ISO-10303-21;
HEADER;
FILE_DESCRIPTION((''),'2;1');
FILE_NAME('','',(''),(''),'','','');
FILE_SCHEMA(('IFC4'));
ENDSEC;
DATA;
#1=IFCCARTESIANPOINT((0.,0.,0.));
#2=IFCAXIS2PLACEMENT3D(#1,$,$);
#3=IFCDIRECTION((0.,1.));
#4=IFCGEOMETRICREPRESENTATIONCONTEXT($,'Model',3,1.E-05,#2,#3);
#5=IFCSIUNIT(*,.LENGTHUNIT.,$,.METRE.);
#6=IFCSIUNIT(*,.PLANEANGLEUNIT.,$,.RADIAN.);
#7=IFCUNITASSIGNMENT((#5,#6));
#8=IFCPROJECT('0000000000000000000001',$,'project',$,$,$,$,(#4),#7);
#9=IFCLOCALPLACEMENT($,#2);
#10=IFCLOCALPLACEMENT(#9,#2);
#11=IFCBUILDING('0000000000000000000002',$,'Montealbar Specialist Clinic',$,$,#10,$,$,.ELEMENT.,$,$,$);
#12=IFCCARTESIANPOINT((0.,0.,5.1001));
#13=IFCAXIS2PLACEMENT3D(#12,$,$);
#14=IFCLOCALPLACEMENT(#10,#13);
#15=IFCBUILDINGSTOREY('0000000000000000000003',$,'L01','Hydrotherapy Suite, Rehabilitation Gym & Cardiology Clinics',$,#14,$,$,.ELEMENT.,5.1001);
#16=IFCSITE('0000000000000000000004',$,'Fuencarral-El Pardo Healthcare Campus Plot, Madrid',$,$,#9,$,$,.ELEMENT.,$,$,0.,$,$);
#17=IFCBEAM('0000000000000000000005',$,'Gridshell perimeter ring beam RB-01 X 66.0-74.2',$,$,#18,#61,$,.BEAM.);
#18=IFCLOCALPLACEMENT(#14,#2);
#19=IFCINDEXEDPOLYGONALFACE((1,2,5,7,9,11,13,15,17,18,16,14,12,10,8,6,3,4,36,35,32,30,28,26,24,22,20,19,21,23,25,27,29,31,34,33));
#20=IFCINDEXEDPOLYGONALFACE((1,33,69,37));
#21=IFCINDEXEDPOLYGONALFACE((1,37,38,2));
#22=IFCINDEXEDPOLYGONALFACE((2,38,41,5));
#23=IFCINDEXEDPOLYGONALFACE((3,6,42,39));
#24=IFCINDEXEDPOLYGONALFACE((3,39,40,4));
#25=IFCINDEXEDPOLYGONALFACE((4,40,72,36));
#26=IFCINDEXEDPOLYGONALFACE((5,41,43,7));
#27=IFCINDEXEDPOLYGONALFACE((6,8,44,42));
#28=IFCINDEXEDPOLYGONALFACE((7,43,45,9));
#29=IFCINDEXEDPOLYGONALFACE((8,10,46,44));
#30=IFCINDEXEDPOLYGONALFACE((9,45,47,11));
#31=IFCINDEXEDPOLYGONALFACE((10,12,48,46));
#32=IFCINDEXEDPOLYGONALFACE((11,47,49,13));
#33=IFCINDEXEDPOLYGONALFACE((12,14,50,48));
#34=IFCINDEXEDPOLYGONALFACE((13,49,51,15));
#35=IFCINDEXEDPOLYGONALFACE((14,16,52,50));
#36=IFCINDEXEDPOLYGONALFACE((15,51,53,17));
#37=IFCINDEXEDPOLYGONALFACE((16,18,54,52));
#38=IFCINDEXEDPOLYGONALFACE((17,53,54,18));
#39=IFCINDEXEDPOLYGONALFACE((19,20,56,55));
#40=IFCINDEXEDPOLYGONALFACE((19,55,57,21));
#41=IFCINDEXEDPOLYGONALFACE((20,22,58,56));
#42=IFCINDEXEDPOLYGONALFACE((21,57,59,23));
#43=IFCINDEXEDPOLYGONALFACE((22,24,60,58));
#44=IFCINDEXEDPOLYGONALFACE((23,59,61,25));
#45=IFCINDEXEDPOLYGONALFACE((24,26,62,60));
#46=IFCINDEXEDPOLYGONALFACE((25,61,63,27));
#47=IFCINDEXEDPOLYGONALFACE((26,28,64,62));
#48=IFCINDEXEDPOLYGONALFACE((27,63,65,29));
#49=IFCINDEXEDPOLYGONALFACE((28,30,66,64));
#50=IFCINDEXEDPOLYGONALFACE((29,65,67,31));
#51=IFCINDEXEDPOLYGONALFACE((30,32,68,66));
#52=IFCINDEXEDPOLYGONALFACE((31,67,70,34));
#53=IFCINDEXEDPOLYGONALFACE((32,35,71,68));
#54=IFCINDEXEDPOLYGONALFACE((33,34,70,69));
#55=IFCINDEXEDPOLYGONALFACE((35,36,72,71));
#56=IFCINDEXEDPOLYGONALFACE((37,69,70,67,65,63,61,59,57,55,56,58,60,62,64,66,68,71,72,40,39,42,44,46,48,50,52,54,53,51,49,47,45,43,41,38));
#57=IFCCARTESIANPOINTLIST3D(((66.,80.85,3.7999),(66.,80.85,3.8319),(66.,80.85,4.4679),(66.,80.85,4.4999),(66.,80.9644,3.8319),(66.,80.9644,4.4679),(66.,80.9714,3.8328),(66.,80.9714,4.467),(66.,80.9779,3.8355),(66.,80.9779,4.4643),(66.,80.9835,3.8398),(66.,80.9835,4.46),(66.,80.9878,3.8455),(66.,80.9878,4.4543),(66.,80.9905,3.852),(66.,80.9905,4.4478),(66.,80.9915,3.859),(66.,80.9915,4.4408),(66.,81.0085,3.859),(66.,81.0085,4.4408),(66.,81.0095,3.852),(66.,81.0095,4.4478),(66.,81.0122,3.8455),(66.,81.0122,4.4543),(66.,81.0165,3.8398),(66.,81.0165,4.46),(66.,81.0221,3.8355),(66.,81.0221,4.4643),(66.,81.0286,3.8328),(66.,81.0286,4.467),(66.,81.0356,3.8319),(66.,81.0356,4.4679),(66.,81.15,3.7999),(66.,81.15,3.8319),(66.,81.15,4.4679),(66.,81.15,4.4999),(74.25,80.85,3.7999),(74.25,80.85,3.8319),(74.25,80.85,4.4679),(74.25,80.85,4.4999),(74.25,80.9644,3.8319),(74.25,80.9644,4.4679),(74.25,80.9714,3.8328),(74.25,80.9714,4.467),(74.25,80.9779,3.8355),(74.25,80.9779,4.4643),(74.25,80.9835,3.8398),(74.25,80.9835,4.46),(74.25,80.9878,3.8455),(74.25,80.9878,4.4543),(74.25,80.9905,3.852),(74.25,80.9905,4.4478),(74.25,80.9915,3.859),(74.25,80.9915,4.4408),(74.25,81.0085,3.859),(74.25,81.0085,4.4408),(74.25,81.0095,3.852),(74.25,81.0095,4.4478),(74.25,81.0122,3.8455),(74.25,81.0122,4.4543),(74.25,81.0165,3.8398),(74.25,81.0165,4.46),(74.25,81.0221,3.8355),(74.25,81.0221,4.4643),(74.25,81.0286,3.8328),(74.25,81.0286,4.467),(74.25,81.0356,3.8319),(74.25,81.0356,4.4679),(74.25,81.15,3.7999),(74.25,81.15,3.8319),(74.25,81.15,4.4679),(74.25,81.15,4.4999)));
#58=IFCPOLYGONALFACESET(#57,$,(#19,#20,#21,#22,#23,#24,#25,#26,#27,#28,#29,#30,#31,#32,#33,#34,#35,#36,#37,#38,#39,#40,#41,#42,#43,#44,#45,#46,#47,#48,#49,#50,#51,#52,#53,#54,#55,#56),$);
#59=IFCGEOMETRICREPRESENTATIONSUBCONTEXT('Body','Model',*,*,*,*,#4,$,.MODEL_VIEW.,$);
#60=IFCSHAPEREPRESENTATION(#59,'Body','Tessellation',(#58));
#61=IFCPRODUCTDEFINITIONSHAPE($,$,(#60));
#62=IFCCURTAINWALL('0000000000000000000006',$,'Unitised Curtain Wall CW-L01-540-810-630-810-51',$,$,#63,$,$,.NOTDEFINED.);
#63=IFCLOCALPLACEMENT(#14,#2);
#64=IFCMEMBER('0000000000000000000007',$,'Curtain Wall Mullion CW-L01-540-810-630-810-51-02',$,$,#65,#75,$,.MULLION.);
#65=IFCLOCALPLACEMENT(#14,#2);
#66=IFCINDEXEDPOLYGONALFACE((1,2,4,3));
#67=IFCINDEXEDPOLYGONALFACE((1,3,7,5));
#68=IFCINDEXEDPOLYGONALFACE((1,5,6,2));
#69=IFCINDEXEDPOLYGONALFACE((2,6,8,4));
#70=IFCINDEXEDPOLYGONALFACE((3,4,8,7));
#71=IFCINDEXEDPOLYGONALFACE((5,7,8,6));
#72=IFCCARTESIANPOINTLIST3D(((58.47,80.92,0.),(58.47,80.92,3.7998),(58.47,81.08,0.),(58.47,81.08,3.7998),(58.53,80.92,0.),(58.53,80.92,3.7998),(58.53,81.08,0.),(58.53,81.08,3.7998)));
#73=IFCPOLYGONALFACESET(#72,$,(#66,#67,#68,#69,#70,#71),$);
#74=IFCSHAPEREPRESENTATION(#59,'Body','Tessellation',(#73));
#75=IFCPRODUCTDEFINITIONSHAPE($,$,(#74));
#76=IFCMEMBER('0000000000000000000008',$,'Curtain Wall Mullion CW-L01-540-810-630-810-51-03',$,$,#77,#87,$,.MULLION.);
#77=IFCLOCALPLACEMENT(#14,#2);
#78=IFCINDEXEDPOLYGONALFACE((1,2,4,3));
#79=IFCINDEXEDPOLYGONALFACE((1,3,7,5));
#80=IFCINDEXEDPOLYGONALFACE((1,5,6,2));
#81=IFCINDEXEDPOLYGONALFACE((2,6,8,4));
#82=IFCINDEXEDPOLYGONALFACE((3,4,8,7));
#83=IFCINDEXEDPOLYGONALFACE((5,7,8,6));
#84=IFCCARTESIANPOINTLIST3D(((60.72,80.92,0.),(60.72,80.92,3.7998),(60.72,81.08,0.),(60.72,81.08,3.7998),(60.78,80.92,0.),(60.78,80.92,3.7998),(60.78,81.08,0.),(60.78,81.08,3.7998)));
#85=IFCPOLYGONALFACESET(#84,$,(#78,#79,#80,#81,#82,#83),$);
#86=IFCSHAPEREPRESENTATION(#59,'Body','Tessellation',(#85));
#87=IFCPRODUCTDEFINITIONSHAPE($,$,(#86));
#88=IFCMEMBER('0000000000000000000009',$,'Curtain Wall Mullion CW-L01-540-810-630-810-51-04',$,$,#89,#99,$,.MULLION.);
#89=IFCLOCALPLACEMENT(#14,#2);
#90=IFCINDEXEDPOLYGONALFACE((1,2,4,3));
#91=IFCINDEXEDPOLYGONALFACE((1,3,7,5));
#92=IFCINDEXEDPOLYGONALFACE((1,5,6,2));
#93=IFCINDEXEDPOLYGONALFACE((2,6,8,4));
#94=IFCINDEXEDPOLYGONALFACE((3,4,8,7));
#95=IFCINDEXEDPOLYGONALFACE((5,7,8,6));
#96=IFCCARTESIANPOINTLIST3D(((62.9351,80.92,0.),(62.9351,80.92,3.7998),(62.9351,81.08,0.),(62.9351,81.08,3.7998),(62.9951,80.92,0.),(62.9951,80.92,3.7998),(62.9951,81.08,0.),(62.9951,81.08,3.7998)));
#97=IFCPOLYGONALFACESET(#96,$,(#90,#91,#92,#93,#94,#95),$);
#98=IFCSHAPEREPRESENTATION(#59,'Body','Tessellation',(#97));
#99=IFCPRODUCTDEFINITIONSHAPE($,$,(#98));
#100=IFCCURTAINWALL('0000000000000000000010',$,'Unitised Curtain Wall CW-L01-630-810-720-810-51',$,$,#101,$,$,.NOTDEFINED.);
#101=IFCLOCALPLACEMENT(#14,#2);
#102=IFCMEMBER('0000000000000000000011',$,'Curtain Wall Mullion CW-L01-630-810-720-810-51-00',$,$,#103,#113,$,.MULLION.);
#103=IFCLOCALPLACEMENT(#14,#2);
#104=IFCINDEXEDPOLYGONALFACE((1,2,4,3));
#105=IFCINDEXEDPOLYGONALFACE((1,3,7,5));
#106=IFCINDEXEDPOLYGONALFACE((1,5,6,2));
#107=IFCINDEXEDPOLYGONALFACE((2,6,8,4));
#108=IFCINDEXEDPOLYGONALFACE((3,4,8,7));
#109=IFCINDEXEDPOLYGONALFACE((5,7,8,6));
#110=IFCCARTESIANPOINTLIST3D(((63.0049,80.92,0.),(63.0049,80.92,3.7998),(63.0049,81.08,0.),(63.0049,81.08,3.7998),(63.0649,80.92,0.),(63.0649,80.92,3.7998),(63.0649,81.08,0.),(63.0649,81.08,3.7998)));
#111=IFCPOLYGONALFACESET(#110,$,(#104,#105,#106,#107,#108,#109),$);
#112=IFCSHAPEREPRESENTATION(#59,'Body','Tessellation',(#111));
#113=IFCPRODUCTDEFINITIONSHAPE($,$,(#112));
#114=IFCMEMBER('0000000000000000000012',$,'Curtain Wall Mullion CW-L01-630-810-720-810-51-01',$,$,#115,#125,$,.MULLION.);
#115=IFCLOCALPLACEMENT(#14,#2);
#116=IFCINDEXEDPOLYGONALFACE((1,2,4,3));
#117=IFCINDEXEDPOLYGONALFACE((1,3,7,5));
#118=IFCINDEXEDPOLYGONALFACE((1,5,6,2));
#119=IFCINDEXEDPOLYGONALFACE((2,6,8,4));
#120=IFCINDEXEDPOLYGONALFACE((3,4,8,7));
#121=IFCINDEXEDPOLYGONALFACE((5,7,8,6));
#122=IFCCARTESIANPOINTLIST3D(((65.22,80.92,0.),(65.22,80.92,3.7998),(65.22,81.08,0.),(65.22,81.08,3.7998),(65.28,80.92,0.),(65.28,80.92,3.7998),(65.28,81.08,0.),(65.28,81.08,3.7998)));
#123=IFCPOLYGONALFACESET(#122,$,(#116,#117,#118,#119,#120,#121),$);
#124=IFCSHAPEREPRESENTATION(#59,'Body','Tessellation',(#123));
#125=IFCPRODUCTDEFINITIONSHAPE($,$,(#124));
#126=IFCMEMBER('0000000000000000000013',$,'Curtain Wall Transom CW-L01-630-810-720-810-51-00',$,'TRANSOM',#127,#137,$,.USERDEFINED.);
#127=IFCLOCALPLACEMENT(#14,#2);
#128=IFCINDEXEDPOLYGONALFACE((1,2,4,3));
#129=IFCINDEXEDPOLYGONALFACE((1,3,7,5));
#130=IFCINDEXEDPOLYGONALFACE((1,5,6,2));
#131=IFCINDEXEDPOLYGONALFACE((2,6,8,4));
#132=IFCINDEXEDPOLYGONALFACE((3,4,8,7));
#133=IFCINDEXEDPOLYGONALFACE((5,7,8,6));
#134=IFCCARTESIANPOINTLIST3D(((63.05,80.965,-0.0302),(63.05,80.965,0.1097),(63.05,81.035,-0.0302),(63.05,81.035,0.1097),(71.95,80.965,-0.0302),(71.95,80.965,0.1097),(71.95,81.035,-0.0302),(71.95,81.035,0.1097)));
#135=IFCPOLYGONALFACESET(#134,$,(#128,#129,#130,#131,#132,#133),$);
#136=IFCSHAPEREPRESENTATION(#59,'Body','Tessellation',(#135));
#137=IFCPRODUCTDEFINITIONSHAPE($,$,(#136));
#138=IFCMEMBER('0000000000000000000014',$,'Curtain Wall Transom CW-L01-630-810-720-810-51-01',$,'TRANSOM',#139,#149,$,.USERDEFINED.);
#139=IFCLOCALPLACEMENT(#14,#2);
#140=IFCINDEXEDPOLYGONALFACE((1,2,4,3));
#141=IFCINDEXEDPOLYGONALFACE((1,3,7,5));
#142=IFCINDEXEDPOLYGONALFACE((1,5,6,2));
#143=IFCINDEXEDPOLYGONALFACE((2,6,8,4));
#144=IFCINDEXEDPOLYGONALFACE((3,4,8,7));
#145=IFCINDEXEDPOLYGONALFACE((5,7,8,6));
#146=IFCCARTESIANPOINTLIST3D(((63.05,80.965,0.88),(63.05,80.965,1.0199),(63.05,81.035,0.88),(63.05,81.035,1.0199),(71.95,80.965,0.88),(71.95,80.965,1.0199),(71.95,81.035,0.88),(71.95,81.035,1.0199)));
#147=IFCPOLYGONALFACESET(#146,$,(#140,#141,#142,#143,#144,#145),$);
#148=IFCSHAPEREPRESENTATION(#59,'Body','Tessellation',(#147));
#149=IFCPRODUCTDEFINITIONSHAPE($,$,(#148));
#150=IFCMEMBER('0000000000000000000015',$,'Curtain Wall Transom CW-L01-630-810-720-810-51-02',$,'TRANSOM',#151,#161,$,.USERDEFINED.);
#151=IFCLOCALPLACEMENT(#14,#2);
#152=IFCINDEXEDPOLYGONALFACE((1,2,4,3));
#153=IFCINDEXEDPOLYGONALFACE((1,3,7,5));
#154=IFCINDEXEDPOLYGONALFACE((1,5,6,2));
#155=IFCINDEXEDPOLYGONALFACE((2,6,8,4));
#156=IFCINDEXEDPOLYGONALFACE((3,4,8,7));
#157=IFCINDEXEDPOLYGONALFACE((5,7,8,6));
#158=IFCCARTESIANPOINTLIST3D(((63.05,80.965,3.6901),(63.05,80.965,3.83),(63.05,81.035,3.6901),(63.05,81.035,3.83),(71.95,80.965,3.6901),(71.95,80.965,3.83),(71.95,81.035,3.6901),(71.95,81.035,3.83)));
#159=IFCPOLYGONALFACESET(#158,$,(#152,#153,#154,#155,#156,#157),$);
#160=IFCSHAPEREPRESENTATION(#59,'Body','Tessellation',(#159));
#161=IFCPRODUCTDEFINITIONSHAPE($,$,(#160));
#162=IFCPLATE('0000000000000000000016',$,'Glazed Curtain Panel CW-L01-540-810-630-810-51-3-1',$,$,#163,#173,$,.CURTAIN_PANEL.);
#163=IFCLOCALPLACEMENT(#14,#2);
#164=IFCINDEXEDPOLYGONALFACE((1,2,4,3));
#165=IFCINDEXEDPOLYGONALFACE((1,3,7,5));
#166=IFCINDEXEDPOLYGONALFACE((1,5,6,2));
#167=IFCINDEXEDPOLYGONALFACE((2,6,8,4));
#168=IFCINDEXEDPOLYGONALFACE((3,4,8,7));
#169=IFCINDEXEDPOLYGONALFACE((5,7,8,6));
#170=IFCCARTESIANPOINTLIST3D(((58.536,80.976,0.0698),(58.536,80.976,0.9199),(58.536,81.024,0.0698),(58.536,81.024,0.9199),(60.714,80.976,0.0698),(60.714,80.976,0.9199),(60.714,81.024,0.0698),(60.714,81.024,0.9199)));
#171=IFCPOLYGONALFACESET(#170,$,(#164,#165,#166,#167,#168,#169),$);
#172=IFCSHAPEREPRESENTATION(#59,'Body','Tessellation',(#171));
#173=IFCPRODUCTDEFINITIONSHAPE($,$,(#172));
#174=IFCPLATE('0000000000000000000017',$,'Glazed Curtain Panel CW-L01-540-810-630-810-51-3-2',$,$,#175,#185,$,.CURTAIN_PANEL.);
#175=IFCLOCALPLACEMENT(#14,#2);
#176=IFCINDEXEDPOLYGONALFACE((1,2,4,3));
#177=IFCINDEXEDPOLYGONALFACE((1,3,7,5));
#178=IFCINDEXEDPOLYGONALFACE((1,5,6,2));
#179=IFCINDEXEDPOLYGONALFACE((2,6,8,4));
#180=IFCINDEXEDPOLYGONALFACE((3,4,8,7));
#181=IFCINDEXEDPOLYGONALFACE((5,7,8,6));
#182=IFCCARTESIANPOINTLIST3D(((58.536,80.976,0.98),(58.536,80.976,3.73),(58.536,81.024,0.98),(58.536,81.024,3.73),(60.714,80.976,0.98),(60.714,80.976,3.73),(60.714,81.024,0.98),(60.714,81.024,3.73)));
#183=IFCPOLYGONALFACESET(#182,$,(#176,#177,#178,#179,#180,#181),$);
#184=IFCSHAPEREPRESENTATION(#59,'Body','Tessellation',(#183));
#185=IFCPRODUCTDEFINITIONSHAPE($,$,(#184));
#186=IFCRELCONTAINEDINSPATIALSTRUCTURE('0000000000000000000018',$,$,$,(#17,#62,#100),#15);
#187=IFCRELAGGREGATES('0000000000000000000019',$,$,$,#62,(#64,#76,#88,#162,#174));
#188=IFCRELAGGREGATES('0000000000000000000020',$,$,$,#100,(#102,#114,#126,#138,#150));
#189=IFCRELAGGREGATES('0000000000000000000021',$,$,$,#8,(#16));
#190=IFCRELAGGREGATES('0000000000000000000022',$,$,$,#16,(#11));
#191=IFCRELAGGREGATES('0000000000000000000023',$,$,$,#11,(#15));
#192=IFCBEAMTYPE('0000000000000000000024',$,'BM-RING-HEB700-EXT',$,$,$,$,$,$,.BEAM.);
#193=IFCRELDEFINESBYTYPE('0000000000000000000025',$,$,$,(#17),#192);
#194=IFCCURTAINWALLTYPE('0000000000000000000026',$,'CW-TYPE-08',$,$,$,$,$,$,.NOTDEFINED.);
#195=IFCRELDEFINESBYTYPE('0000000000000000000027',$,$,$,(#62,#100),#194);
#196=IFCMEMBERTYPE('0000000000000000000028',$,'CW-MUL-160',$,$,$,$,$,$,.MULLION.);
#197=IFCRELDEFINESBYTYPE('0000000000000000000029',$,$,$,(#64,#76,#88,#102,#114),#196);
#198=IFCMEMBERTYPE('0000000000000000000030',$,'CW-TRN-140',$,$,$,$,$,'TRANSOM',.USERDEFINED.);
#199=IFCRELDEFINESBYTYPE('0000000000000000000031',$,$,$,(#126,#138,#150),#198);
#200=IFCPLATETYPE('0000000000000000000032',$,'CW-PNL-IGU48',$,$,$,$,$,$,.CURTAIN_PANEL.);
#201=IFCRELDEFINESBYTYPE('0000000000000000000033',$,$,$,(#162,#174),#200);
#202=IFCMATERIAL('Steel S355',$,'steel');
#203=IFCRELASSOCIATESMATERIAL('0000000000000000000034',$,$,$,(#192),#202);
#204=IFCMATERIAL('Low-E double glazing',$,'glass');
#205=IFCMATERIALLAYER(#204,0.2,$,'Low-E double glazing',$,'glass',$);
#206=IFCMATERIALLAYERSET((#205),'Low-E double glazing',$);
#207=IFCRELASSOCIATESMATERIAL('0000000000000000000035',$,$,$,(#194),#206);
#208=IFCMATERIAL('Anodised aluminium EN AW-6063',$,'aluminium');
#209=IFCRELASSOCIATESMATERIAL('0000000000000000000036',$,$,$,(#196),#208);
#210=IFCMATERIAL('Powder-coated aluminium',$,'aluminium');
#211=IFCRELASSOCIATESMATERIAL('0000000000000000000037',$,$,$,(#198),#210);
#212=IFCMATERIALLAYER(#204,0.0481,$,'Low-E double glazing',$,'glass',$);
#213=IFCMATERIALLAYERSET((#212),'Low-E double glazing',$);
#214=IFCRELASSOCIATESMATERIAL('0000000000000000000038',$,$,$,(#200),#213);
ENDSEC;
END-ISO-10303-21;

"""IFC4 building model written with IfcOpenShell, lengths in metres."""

from ifc_helpers import new_model, si_unit, direction, frame, origin, origin_2d, place, context, subcontext, project, spatial, rectangle, i_section, extrude, material, layer, layer_set, material_profile, profile_set, type_object, element, aggregate, save


model = new_model("IFC4")

# Units and contexts
model_context = context("Model", 3, precision=1e-05, world=origin(), true_north=direction((0.0, 1.0)))
body_context = subcontext(model_context, "Body", "Model", "MODEL_VIEW")
ifc_project = project(units=[si_unit("LENGTHUNIT", "METRE"), si_unit("PLANEANGLEUNIT", "RADIAN")], contexts=[model_context])

# Site, building, storey
site_placement = place(None, origin())
site = spatial("IfcSite", under=ifc_project, at=site_placement, Name="Fuencarral-El Pardo Healthcare Campus Plot, Madrid", CompositionType="ELEMENT", RefElevation=0.0)
building_placement = place(site_placement, origin())
building = spatial("IfcBuilding", under=site, at=building_placement, Name="Montealbar Specialist Clinic", CompositionType="ELEMENT")
storey_placement = place(building_placement, frame((0.0, 0.0, 5.1001)))
storey = spatial("IfcBuildingStorey", under=building, at=storey_placement, Name="L01", Description="Hydrotherapy Suite, Rehabilitation Gym & Cardiology Clinics", CompositionType="ELEMENT", Elevation=5.1001)

# Shared definitions
ifc_material_1 = material(Name="Steel S355", Category="steel")

# Beam
ifc_material_profile_1 = material_profile(ifc_material_1, i_section(OverallWidth=0.3, OverallDepth=0.7, WebThickness=0.0171, FlangeThickness=0.032, FilletRadius=0.0271, at=origin_2d()), Name="HEB 700", Category="steel")
ifc_profile_set_1 = profile_set([ifc_material_profile_1], Name="Steel S355")
beam_type = type_object("IfcBeamType", Name="BM-RING-HEB700-EXT", PredefinedType="BEAM", material=ifc_profile_set_1)
beam_1_placement = place(storey_placement, frame((66.0, 81.0, 4.1499), z_axis=(1.0, 0.0, 0.0), x_axis=(0.0, 1.0, 0.0)))
element("IfcBeam", 1, at=beam_1_placement, inside=storey, type_object=beam_type, Name="Gridshell perimeter ring beam RB-01 X 66.0-74.2", PredefinedType="BEAM", context=body_context, shape_type="SweptSolid", body=[
    extrude(i_section(OverallWidth=0.3, OverallDepth=0.7, WebThickness=0.0171, FlangeThickness=0.032, FilletRadius=0.0271, at=origin_2d()), origin(), (0.0, 0.0, 1.0), 8.25),
])

# Curtain walls, members
ifc_material_2 = material(Name="Low-E double glazing", Category="glass")
ifc_layer_1 = layer(ifc_material_2, 0.2, Name="Low-E double glazing", Category="glass")
ifc_layer_set_1 = layer_set([ifc_layer_1], Name="Low-E double glazing")
curtain_wall_type = type_object("IfcCurtainWallType", Name="CW-TYPE-08", PredefinedType="NOTDEFINED", material=ifc_layer_set_1)
curtain_wall_1_placement = place(storey_placement, origin())
curtain_wall_1 = element("IfcCurtainWall", 2, at=curtain_wall_1_placement, inside=storey, type_object=curtain_wall_type, Name="Unitised Curtain Wall CW-L01-540-810-630-810-51", PredefinedType="NOTDEFINED")
ifc_material_3 = material(Name="Anodised aluminium EN AW-6063", Category="aluminium")
ifc_material_profile_2 = material_profile(ifc_material_3, rectangle(XDim=0.0601, YDim=0.1599, at=origin_2d()), Name="ALU 60x160", Category="aluminium")
ifc_profile_set_2 = profile_set([ifc_material_profile_2], Name="Anodised aluminium EN AW-6063")
member_type_1 = type_object("IfcMemberType", Name="CW-MUL-160", PredefinedType="MULLION", material=ifc_profile_set_2)
member_1_placement = place(storey_placement, frame((58.5, 81.0, 0.0), z_axis=(0.0, 0.0, 1.0), x_axis=(1.0, 0.0, 0.0)))
member_1 = element("IfcMember", 3, at=member_1_placement, type_object=member_type_1, Name="Curtain Wall Mullion CW-L01-540-810-630-810-51-02", PredefinedType="MULLION", context=body_context, shape_type="SweptSolid", body=[
    extrude(rectangle(XDim=0.0601, YDim=0.1599, at=origin_2d()), origin(), (0.0, 0.0, 1.0), 3.7998),
])
member_2_placement = place(storey_placement, frame((60.75, 81.0, 0.0), z_axis=(0.0, 0.0, 1.0), x_axis=(1.0, 0.0, 0.0)))
member_2 = element("IfcMember", 4, at=member_2_placement, type_object=member_type_1, Name="Curtain Wall Mullion CW-L01-540-810-630-810-51-03", PredefinedType="MULLION", context=body_context, shape_type="SweptSolid", body=[
    extrude(rectangle(XDim=0.0601, YDim=0.1599, at=origin_2d()), origin(), (0.0, 0.0, 1.0), 3.7998),
])
member_3_placement = place(storey_placement, frame((62.9651, 81.0, 0.0), z_axis=(0.0, 0.0, 1.0), x_axis=(1.0, 0.0, 0.0)))
member_3 = element("IfcMember", 5, at=member_3_placement, type_object=member_type_1, Name="Curtain Wall Mullion CW-L01-540-810-630-810-51-04", PredefinedType="MULLION", context=body_context, shape_type="SweptSolid", body=[
    extrude(rectangle(XDim=0.0601, YDim=0.1599, at=origin_2d()), origin(), (0.0, 0.0, 1.0), 3.7998),
])
curtain_wall_2_placement = place(storey_placement, origin())
curtain_wall_2 = element("IfcCurtainWall", 6, at=curtain_wall_2_placement, inside=storey, type_object=curtain_wall_type, Name="Unitised Curtain Wall CW-L01-630-810-720-810-51", PredefinedType="NOTDEFINED")
member_4_placement = place(storey_placement, frame((63.0349, 81.0, 0.0), z_axis=(0.0, 0.0, 1.0), x_axis=(1.0, 0.0, 0.0)))
member_4 = element("IfcMember", 7, at=member_4_placement, type_object=member_type_1, Name="Curtain Wall Mullion CW-L01-630-810-720-810-51-00", PredefinedType="MULLION", context=body_context, shape_type="SweptSolid", body=[
    extrude(rectangle(XDim=0.0601, YDim=0.1599, at=origin_2d()), origin(), (0.0, 0.0, 1.0), 3.7998),
])
member_5_placement = place(storey_placement, frame((65.25, 81.0, 0.0), z_axis=(0.0, 0.0, 1.0), x_axis=(1.0, 0.0, 0.0)))
member_5 = element("IfcMember", 8, at=member_5_placement, type_object=member_type_1, Name="Curtain Wall Mullion CW-L01-630-810-720-810-51-01", PredefinedType="MULLION", context=body_context, shape_type="SweptSolid", body=[
    extrude(rectangle(XDim=0.0601, YDim=0.1599, at=origin_2d()), origin(), (0.0, 0.0, 1.0), 3.7998),
])
ifc_material_4 = material(Name="Powder-coated aluminium", Category="aluminium")
ifc_material_profile_3 = material_profile(ifc_material_4, rectangle(XDim=0.0701, YDim=0.1399, at=origin_2d()), Name="ALU 70x140", Category="aluminium")
ifc_profile_set_3 = profile_set([ifc_material_profile_3], Name="Powder-coated aluminium")
member_type_2 = type_object("IfcMemberType", Name="CW-TRN-140", ElementType="TRANSOM", PredefinedType="USERDEFINED", material=ifc_profile_set_3)
member_6_placement = place(storey_placement, frame((63.05, 81.0, 0.0398), z_axis=(1.0, 0.0, 0.0), x_axis=(0.0, 1.0, 0.0)))
member_6 = element("IfcMember", 9, at=member_6_placement, type_object=member_type_2, Name="Curtain Wall Transom CW-L01-630-810-720-810-51-00", ObjectType="TRANSOM", PredefinedType="USERDEFINED", context=body_context, shape_type="SweptSolid", body=[
    extrude(rectangle(XDim=0.0701, YDim=0.1399, at=origin_2d()), origin(), (0.0, 0.0, 1.0), 8.8999),
])
member_7_placement = place(storey_placement, frame((63.05, 81.0, 0.95), z_axis=(1.0, 0.0, 0.0), x_axis=(0.0, 1.0, 0.0)))
member_7 = element("IfcMember", 10, at=member_7_placement, type_object=member_type_2, Name="Curtain Wall Transom CW-L01-630-810-720-810-51-01", ObjectType="TRANSOM", PredefinedType="USERDEFINED", context=body_context, shape_type="SweptSolid", body=[
    extrude(rectangle(XDim=0.0701, YDim=0.1399, at=origin_2d()), origin(), (0.0, 0.0, 1.0), 8.8999),
])
member_8_placement = place(storey_placement, frame((63.05, 81.0, 3.76), z_axis=(1.0, 0.0, 0.0), x_axis=(0.0, 1.0, 0.0)))
member_8 = element("IfcMember", 11, at=member_8_placement, type_object=member_type_2, Name="Curtain Wall Transom CW-L01-630-810-720-810-51-02", ObjectType="TRANSOM", PredefinedType="USERDEFINED", context=body_context, shape_type="SweptSolid", body=[
    extrude(rectangle(XDim=0.0701, YDim=0.1399, at=origin_2d()), origin(), (0.0, 0.0, 1.0), 8.8999),
])

# Plates
ifc_layer_2 = layer(ifc_material_2, 0.0481, Name="Low-E double glazing", Category="glass")
ifc_layer_set_2 = layer_set([ifc_layer_2], Name="Low-E double glazing")
plate_type_1 = type_object("IfcPlateType", Name="CW-PNL-IGU48", PredefinedType="CURTAIN_PANEL", material=ifc_layer_set_2)
plate_1_placement = place(storey_placement, frame((59.625, 81.0, 0.0698), z_axis=(0.0, 0.0, 1.0), x_axis=(1.0, 0.0, 0.0)))
plate_1 = element("IfcPlate", 12, at=plate_1_placement, type_object=plate_type_1, Name="Glazed Curtain Panel CW-L01-540-810-630-810-51-3-1", PredefinedType="CURTAIN_PANEL", context=body_context, shape_type="SweptSolid", body=[
    extrude(rectangle(XDim=2.178, YDim=0.0481, at=origin_2d()), origin(), (0.0, 0.0, 1.0), 0.8501),
])
plate_2_placement = place(storey_placement, frame((59.625, 81.0, 0.98), z_axis=(0.0, 0.0, 1.0), x_axis=(1.0, 0.0, 0.0)))
plate_2 = element("IfcPlate", 13, at=plate_2_placement, type_object=plate_type_1, Name="Glazed Curtain Panel CW-L01-540-810-630-810-51-3-2", PredefinedType="CURTAIN_PANEL", context=body_context, shape_type="SweptSolid", body=[
    extrude(rectangle(XDim=2.178, YDim=0.0481, at=origin_2d()), origin(), (0.0, 0.0, 1.0), 2.75),
])
aggregate(curtain_wall_1, [member_1, member_2, member_3, plate_1, plate_2])
aggregate(curtain_wall_2, [member_4, member_5, member_6, member_7, member_8])

save(model, "model.ifc")
